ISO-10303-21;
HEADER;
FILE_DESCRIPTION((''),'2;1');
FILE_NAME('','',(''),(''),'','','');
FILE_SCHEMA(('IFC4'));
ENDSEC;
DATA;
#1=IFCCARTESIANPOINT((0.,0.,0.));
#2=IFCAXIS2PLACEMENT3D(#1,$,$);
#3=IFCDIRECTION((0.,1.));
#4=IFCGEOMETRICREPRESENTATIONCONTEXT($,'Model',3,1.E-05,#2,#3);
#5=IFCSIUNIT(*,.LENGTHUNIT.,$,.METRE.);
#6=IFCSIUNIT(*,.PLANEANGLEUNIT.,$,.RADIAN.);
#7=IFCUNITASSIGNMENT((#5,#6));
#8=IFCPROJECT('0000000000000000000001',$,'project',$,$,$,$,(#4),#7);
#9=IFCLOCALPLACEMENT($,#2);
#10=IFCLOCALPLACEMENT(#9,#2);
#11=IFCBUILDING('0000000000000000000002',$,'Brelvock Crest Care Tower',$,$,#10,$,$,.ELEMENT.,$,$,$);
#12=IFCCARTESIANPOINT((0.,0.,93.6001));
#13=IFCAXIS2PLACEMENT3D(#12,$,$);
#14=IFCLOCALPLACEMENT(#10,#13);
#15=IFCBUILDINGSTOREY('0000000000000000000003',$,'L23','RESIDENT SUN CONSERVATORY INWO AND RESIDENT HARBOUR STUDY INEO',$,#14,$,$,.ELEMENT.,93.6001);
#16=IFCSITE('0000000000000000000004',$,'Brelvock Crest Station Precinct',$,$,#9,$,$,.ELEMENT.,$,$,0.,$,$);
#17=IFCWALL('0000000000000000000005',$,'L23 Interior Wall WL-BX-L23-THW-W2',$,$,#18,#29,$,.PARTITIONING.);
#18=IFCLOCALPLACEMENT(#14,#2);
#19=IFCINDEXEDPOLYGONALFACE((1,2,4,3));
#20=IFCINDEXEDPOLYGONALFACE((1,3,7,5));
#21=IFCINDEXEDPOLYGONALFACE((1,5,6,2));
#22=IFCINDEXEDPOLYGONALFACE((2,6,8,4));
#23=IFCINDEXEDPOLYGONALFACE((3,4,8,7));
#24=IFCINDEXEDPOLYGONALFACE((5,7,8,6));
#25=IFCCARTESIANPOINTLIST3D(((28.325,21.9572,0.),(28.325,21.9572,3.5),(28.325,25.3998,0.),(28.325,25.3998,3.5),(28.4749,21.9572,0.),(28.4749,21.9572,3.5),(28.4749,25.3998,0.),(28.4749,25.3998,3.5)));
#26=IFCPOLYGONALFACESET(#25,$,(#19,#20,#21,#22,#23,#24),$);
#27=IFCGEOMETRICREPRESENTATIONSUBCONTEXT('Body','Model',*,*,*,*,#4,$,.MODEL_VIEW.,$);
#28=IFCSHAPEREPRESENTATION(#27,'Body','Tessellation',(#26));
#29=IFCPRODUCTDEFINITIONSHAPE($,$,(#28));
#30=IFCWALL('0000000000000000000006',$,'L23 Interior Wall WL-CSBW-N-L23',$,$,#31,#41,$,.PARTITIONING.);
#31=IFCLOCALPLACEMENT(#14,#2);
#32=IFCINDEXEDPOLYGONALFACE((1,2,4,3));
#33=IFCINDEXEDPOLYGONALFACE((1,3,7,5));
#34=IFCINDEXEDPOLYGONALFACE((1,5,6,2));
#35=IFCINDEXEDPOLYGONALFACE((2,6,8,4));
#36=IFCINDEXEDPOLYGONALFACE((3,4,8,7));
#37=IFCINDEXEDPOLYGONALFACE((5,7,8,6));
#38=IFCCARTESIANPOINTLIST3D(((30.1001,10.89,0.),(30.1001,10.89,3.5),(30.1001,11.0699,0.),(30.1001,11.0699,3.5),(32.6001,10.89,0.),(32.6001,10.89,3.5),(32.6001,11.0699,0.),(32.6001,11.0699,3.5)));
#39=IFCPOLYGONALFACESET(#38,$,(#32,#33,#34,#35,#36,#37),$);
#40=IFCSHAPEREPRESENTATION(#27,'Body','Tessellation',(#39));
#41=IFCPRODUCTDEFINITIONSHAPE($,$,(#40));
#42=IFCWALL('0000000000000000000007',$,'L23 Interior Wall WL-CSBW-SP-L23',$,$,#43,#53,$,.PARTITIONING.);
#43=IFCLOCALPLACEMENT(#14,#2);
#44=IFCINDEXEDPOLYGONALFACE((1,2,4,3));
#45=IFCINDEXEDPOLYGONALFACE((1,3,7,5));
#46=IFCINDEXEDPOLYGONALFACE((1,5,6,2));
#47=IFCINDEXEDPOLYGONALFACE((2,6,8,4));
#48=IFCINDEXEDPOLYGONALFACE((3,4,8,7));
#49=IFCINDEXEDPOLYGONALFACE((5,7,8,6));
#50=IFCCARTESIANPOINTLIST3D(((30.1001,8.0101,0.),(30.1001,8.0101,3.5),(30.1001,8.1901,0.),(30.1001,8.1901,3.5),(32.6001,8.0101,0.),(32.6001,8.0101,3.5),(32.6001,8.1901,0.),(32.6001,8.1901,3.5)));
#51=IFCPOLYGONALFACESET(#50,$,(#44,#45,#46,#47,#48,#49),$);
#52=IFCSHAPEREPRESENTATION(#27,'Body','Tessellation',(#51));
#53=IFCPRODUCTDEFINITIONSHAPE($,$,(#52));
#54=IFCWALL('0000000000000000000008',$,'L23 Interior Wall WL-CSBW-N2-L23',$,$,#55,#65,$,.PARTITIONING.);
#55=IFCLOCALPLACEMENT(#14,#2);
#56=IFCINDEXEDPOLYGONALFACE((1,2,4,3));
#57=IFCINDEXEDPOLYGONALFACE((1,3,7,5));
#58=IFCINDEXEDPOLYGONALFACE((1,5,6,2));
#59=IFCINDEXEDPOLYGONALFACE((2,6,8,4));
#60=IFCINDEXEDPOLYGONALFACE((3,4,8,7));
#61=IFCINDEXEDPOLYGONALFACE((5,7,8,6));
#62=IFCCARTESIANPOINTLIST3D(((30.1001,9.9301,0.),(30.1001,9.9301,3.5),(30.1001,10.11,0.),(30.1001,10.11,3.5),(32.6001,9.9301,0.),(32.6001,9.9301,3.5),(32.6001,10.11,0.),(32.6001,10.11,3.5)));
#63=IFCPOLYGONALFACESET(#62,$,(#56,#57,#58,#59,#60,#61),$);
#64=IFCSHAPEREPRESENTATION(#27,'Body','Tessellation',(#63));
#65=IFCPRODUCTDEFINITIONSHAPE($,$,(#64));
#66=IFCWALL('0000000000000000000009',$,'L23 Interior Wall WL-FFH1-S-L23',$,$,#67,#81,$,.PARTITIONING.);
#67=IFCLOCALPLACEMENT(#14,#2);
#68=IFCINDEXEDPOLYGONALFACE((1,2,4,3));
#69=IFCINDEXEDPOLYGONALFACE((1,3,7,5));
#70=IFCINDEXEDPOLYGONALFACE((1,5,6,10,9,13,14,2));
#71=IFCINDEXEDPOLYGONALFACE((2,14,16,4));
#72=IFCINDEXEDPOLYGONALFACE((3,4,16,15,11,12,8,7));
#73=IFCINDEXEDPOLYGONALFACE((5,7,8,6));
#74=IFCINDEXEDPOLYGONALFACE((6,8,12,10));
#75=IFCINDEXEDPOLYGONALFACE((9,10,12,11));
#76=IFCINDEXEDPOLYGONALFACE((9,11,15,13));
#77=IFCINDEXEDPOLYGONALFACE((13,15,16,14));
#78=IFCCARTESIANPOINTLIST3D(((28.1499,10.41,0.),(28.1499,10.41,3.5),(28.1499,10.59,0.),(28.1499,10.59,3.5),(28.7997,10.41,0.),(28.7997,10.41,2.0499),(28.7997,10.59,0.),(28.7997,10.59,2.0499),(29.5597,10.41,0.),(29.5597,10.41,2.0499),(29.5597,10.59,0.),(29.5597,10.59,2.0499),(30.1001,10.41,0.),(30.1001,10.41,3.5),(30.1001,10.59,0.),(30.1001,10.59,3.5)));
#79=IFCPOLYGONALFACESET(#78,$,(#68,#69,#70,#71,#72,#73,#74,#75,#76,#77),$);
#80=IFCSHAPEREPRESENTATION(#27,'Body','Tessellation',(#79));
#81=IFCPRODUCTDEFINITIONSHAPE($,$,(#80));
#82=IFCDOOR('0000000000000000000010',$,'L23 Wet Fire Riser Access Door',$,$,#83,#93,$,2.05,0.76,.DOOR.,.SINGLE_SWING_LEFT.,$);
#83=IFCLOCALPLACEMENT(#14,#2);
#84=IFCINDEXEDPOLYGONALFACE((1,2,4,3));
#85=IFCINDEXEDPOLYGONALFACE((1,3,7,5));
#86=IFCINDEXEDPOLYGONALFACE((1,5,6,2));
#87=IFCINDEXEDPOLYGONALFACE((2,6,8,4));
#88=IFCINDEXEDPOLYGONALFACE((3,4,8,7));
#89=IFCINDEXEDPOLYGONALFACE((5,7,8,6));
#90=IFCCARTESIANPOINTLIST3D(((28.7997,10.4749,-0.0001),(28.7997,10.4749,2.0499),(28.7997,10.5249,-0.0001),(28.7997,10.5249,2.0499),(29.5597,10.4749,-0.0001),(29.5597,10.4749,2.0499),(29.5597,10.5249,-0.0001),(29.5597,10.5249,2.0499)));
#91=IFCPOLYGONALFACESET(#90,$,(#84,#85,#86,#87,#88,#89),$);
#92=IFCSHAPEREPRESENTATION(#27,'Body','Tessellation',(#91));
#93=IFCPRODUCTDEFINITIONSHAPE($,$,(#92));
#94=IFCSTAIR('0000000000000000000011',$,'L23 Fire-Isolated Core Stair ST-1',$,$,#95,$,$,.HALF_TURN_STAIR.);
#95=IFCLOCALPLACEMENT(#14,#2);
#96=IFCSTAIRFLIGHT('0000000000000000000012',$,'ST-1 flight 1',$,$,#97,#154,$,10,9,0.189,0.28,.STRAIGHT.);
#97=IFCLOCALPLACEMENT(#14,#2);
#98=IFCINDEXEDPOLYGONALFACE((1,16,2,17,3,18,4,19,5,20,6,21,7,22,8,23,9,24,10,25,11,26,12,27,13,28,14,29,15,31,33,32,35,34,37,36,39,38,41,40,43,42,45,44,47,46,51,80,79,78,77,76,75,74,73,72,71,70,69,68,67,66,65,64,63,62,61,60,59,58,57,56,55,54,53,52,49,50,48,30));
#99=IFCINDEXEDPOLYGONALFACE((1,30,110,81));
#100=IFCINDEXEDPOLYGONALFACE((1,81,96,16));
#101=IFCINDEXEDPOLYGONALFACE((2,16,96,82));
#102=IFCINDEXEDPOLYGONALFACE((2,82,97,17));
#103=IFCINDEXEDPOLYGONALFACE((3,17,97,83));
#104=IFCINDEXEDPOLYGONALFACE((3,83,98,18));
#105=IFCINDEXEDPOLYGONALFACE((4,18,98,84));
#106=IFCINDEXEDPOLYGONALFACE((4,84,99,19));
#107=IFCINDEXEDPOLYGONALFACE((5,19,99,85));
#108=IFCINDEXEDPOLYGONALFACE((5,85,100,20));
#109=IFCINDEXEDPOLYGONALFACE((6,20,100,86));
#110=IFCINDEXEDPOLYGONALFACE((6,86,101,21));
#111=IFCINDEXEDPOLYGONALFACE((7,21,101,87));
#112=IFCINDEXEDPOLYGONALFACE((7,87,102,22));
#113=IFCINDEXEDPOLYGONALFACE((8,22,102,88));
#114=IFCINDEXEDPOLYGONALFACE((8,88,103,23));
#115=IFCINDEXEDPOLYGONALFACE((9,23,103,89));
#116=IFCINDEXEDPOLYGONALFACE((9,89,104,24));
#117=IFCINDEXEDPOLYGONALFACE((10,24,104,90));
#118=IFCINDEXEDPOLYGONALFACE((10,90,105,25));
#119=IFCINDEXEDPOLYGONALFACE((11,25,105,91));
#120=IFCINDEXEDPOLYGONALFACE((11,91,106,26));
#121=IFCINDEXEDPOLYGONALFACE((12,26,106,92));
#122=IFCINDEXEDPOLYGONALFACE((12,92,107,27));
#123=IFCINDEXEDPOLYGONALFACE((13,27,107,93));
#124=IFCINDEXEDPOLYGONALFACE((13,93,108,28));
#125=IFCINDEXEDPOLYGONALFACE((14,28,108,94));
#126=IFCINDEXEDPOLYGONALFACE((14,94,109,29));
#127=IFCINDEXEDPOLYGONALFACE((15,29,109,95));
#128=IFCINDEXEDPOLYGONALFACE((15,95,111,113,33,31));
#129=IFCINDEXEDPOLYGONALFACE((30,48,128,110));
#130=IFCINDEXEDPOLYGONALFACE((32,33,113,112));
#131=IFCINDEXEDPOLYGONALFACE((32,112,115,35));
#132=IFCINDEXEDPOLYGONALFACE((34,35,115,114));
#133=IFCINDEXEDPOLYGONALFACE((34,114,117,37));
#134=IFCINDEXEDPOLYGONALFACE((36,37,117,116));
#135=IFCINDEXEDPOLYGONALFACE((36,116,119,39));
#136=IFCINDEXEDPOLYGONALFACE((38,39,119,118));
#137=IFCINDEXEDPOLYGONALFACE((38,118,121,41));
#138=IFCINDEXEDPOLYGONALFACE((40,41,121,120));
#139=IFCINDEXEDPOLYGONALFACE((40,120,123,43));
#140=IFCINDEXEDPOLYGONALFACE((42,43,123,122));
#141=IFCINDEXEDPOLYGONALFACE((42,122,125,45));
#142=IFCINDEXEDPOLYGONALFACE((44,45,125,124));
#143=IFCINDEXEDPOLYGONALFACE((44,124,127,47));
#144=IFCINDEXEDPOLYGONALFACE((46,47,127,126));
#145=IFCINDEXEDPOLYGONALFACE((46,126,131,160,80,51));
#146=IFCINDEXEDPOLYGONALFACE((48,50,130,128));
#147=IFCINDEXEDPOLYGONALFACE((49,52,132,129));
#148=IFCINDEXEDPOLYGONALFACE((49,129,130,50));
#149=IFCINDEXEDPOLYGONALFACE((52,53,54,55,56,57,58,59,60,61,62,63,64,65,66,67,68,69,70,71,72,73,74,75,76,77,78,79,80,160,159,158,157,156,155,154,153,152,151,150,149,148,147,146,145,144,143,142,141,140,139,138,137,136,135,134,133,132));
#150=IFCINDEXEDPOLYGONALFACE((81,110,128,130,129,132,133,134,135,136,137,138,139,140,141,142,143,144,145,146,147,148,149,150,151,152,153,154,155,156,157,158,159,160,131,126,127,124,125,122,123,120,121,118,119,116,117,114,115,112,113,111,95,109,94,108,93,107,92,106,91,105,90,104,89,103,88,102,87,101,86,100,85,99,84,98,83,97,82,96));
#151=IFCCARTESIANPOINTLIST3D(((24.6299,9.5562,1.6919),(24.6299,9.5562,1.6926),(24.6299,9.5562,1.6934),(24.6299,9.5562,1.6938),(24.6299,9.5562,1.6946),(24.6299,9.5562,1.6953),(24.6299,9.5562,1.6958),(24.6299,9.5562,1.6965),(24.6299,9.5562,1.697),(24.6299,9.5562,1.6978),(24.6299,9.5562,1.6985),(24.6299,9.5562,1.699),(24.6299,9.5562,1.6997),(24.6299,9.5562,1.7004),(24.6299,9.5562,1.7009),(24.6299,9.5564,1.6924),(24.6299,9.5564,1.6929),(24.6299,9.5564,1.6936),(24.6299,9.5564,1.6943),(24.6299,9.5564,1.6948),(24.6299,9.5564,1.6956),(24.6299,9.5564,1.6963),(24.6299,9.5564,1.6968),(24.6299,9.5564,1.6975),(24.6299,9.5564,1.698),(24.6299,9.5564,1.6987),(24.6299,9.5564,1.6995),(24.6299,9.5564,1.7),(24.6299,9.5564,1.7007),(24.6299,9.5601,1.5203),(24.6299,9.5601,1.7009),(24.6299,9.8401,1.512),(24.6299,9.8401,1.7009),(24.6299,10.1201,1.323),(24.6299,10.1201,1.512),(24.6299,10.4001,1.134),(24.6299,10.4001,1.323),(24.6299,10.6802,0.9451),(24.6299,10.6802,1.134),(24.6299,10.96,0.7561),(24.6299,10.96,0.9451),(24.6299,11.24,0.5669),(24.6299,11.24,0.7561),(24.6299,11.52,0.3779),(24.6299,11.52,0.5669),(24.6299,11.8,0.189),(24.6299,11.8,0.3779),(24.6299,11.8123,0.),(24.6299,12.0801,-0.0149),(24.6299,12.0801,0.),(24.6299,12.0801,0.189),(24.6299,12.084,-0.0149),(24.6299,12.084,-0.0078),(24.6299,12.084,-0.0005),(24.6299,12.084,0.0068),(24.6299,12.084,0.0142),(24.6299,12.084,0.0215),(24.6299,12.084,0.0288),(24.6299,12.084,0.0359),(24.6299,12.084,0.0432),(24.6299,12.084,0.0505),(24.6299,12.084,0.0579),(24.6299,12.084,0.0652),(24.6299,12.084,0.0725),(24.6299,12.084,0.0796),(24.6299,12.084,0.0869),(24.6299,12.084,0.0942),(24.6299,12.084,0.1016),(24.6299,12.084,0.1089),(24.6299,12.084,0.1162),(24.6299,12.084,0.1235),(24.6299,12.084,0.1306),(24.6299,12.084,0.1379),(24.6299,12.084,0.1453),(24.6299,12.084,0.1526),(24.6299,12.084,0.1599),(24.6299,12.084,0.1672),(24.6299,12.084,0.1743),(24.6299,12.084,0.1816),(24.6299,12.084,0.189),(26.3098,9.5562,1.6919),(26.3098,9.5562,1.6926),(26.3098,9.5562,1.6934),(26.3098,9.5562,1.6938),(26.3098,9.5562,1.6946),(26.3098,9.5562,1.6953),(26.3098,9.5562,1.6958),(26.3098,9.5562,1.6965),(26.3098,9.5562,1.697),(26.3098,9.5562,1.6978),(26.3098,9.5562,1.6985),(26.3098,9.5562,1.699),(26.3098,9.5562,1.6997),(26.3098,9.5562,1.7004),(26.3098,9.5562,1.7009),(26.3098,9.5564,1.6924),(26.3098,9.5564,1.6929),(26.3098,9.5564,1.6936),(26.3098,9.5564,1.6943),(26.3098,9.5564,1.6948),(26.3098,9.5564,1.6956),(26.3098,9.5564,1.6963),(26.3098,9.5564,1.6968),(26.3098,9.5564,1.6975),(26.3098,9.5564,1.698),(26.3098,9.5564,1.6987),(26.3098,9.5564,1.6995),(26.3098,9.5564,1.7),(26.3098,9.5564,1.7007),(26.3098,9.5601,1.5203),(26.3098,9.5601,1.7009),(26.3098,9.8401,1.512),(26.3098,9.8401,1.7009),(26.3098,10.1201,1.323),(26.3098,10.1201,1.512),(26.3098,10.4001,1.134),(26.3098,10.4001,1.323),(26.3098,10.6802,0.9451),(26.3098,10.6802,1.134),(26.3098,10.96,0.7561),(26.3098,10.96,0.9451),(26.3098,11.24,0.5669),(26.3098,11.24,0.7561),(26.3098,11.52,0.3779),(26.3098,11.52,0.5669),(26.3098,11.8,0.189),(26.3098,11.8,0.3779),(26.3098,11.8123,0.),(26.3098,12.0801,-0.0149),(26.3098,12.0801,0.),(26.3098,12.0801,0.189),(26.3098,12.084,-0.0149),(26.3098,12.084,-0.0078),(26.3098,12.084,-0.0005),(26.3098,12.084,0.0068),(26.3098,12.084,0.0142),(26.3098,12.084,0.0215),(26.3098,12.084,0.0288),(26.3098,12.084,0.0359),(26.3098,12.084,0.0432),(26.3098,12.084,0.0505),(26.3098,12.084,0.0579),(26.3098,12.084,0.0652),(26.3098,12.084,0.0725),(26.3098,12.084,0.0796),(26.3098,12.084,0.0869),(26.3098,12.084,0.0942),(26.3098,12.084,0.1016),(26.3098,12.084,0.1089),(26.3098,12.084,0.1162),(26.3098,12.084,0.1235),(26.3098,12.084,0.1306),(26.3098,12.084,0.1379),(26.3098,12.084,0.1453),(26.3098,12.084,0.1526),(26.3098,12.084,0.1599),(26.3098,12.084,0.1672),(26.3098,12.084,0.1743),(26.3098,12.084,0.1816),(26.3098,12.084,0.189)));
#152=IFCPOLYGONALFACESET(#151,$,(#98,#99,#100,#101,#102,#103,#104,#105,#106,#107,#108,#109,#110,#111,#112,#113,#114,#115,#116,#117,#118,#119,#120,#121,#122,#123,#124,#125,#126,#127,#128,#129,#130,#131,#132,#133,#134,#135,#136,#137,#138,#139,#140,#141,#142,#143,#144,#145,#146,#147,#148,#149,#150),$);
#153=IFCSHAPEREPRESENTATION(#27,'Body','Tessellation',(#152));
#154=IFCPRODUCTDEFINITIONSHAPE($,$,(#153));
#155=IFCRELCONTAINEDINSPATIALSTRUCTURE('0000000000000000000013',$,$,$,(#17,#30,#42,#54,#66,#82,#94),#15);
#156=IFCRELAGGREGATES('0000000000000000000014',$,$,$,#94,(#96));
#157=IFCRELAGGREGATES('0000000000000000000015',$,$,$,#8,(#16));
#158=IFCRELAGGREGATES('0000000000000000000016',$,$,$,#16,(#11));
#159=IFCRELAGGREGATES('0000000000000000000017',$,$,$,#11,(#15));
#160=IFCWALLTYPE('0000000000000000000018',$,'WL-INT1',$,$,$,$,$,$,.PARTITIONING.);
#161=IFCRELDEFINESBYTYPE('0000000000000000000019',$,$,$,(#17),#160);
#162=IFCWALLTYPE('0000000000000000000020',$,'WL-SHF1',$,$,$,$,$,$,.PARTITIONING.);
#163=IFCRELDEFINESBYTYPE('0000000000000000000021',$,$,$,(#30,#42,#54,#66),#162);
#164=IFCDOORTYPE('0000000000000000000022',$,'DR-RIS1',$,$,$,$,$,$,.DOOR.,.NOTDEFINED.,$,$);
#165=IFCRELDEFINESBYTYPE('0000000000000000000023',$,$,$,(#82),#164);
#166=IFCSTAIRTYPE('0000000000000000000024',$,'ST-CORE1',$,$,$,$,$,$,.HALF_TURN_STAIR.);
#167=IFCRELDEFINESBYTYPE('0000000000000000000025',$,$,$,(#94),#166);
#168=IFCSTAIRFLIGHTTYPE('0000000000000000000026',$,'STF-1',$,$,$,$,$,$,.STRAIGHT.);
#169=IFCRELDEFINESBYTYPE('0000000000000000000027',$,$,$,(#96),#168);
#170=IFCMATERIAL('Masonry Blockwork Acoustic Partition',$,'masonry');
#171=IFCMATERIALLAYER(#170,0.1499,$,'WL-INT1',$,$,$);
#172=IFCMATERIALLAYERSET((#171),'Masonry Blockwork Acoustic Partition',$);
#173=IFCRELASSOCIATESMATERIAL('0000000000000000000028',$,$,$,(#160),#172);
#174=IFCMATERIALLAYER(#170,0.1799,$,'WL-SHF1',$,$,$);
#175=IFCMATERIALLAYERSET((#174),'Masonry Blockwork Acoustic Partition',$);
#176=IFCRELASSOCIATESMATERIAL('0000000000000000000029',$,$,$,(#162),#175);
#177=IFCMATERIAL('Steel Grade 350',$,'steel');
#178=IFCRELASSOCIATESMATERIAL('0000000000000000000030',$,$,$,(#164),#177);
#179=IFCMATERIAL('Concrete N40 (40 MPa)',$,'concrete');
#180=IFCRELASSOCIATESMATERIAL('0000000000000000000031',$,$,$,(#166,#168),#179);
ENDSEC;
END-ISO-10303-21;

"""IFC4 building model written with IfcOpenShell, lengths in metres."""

from ifc_helpers import new_model, si_unit, direction, frame, frame_2d, origin, origin_2d, place, context, subcontext, project, spatial, polyline, rectangle, outline, extrude, source, transform, mapped, material, layer, layer_set, type_object, element, fill, aggregate, save


model = new_model("IFC4")

# Units and contexts
model_context = context("Model", 3, precision=1e-05, world=origin(), true_north=direction((0.0, 1.0)))
body_context = subcontext(model_context, "Body", "Model", "MODEL_VIEW")
ifc_project = project(units=[si_unit("LENGTHUNIT", "METRE"), si_unit("PLANEANGLEUNIT", "RADIAN")], contexts=[model_context])

# Site, building, storey
site_placement = place(None, origin())
site = spatial("IfcSite", under=ifc_project, at=site_placement, Name="Brelvock Crest Station Precinct", CompositionType="ELEMENT", RefElevation=0.0)
building_placement = place(site_placement, origin())
building = spatial("IfcBuilding", under=site, at=building_placement, Name="Brelvock Crest Care Tower", CompositionType="ELEMENT")
storey_placement = place(building_placement, frame((0.0, 0.0, 93.6001)))
storey = spatial("IfcBuildingStorey", under=building, at=storey_placement, Name="L23", Description="RESIDENT SUN CONSERVATORY INWO AND RESIDENT HARBOUR STUDY INEO", CompositionType="ELEMENT", Elevation=93.6001)

# Shared definitions
ifc_material_1 = material(Name="Steel Grade 350", Category="steel")

# Walls
ifc_material_2 = material(Name="Masonry Blockwork Acoustic Partition", Category="masonry")
ifc_layer_1 = layer(ifc_material_2, 0.1499, Name="WL-INT1")
ifc_layer_set_1 = layer_set([ifc_layer_1], Name="Masonry Blockwork Acoustic Partition")
wall_type_1 = type_object("IfcWallType", Name="WL-INT1", PredefinedType="PARTITIONING", material=ifc_layer_set_1)
wall_1_placement = place(storey_placement, frame((28.3999, 21.9573, 0.0), z_axis=(0.0, 0.0, 1.0), x_axis=(0.0, 1.0, 0.0)))
element("IfcWall", 1, at=wall_1_placement, inside=storey, type_object=wall_type_1, Name="L23 Interior Wall WL-BX-L23-THW-W2", PredefinedType="PARTITIONING", context=body_context, shape_type="SweptSolid", body=[
    extrude(rectangle(XDim=3.4426, YDim=0.1499, at=frame_2d((1.7212, 0.0))), origin(), (0.0, 0.0, 1.0), 3.5),
])
ifc_layer_2 = layer(ifc_material_2, 0.1799, Name="WL-SHF1")
ifc_layer_set_2 = layer_set([ifc_layer_2], Name="Masonry Blockwork Acoustic Partition")
wall_type_2 = type_object("IfcWallType", Name="WL-SHF1", PredefinedType="PARTITIONING", material=ifc_layer_set_2)
for number, where, z_axis, x_axis, name in (
    (2, (30.1001, 10.98, 0.0), (0.0, 0.0, 1.0), (1.0, 0.0, 0.0), "L23 Interior Wall WL-CSBW-N-L23"),
    (3, (30.1001, 8.1001, 0.0), (0.0, 0.0, 1.0), (1.0, 0.0, 0.0), "L23 Interior Wall WL-CSBW-SP-L23"),
    (4, (30.1001, 10.02, 0.0), (0.0, 0.0, 1.0), (1.0, 0.0, 0.0), "L23 Interior Wall WL-CSBW-N2-L23"),
):
    element("IfcWall", number, at=place(storey_placement, frame(where, z_axis=z_axis, x_axis=x_axis)), inside=storey, type_object=wall_type_2, Name=name, PredefinedType="PARTITIONING", context=body_context, shape_type="SweptSolid", body=[
        extrude(rectangle(XDim=2.5, YDim=0.1799, at=frame_2d((1.25, 0.0))), origin(), (0.0, 0.0, 1.0), 3.5),
    ])

# Wall, opening, door
wall_2_placement = place(storey_placement, frame((28.1499, 10.5, 0.0), z_axis=(0.0, 0.0, 1.0), x_axis=(1.0, 0.0, 0.0)))
wall_2 = element("IfcWall", 5, at=wall_2_placement, inside=storey, type_object=wall_type_2, Name="L23 Interior Wall WL-FFH1-S-L23", PredefinedType="PARTITIONING", context=body_context, shape_type="SweptSolid", body=[
    extrude(rectangle(XDim=1.9502, YDim=0.1799, at=frame_2d((0.9751, 0.0))), origin(), (0.0, 0.0, 1.0), 3.5),
])
opening_placement = place(wall_2_placement, frame((0.6499, 0.0, 0.0)))
opening = element("IfcOpeningElement", 6, at=opening_placement, cuts=wall_2, PredefinedType="OPENING", context=body_context, shape_type="SweptSolid", body=[
    extrude(rectangle(XDim=0.76, YDim=2.05, at=origin_2d()), frame((0.3799, 0.1001, 1.0249), z_axis=(0.0, -1.0, 0.0), x_axis=(1.0, 0.0, 0.0)), (0.0, 0.0, 1.0), 0.2),
])
door_type = type_object("IfcDoorType", Name="DR-RIS1", OperationType="NOTDEFINED", PredefinedType="DOOR", material=ifc_material_1)
shared_shape_1 = source(origin(), body_context, "Body", "SweptSolid", [
    extrude(rectangle(XDim=0.76, YDim=2.05, at=origin_2d()), frame((0.3799, 0.0249, 1.0249), z_axis=(0.0, -1.0, 0.0), x_axis=(1.0, 0.0, 0.0)), (0.0, 0.0, 1.0), 0.05),
])
door_placement = place(opening_placement, origin())
door = element("IfcDoor", 7, at=door_placement, inside=storey, type_object=door_type, Name="L23 Wet Fire Riser Access Door", OperationType="SINGLE_SWING_LEFT", OverallHeight=2.05, OverallWidth=0.76, PredefinedType="DOOR", context=body_context, shape_type="MappedRepresentation", body=[
    mapped(shared_shape_1, transform((0.0, 0.0, 0.0), x_axis=(1.0, 0.0, 0.0), y_axis=(0.0, 1.0, 0.0), z_axis=(0.0, 0.0, 1.0), scale=1.0)),
])
fill(opening, door)

# Stair, stair flight
ifc_material_3 = material(Name="Concrete N40 (40 MPa)", Category="concrete")
stair_type = type_object("IfcStairType", Name="ST-CORE1", PredefinedType="HALF_TURN_STAIR", material=ifc_material_3)
stair_placement = place(storey_placement, origin())
stair = element("IfcStair", 8, at=stair_placement, inside=storey, type_object=stair_type, Name="L23 Fire-Isolated Core Stair ST-1", PredefinedType="HALF_TURN_STAIR")
stair_flight_type = type_object("IfcStairFlightType", Name="STF-1", PredefinedType="STRAIGHT", material=ifc_material_3)
stair_flight_1_placement = place(storey_placement, frame((25.47, 12.0801, 0.0), z_axis=(0.0, 0.0, 1.0), x_axis=(0.0, -1.0, 0.0)))
stair_flight_1 = element("IfcStairFlight", 9, at=stair_flight_1_placement, type_object=stair_flight_type, Name="ST-1 flight 1", NumberOfRisers=10, NumberOfTreads=9, PredefinedType="STRAIGHT", RiserHeight=0.189, TreadLength=0.28, context=body_context, shape_type="SweptSolid", body=[
    extrude(outline(polyline([(-0.0039, -0.0149), (-0.0039, -0.0078), (-0.0039, -0.0005), (-0.0039, 0.0068), (-0.0039, 0.0142), (-0.0039, 0.0215), (-0.0039, 0.0288), (-0.0039, 0.0359), (-0.0039, 0.0432), (-0.0039, 0.0505), (-0.0039, 0.0579), (-0.0039, 0.0652), (-0.0039, 0.0725), (-0.0039, 0.0796), (-0.0039, 0.0869), (-0.0039, 0.0942), (-0.0039, 0.1016), (-0.0039, 0.1089), (-0.0039, 0.1162), (-0.0039, 0.1235), (-0.0039, 0.1306), (-0.0039, 0.1379), (-0.0039, 0.1453), (-0.0039, 0.1526), (-0.0039, 0.1599), (-0.0039, 0.1672), (-0.0039, 0.1743), (-0.0039, 0.1816), (-0.0039, 0.189), (0.0, 0.189), (0.28, 0.189), (0.28, 0.3779), (0.5601, 0.3779), (0.5601, 0.5669), (0.8401, 0.5669), (0.8401, 0.7561), (1.1201, 0.7561), (1.1201, 0.9451), (1.3999, 0.9451), (1.3999, 1.134), (1.6799, 1.134), (1.6799, 1.323), (1.96, 1.323), (1.96, 1.512), (2.24, 1.512), (2.24, 1.7009), (2.52, 1.7009), (2.5239, 1.7009), (2.5237, 1.7007), (2.5239, 1.7004), (2.5237, 1.7), (2.5239, 1.6997), (2.5237, 1.6995), (2.5239, 1.699), (2.5237, 1.6987), (2.5239, 1.6985), (2.5237, 1.698), (2.5239, 1.6978), (2.5237, 1.6975), (2.5239, 1.697), (2.5237, 1.6968), (2.5239, 1.6965), (2.5237, 1.6963), (2.5239, 1.6958), (2.5237, 1.6956), (2.5239, 1.6953), (2.5237, 1.6948), (2.5239, 1.6946), (2.5237, 1.6943), (2.5239, 1.6938), (2.5237, 1.6936), (2.5239, 1.6934), (2.5237, 1.6929), (2.5239, 1.6926), (2.5237, 1.6924), (2.5239, 1.6919), (2.52, 1.5203), (0.2678, 0.0), (0.0, 0.0), (0.0, -0.0149), (-0.0039, -0.0149)])), frame((0.0, 0.8398, 0.0), z_axis=(0.0, -1.0, 0.0), x_axis=(1.0, 0.0, 0.0)), (0.0, 0.0, 1.0), 1.6799),
])
aggregate(stair, [stair_flight_1])

save(model, "model.ifc")
